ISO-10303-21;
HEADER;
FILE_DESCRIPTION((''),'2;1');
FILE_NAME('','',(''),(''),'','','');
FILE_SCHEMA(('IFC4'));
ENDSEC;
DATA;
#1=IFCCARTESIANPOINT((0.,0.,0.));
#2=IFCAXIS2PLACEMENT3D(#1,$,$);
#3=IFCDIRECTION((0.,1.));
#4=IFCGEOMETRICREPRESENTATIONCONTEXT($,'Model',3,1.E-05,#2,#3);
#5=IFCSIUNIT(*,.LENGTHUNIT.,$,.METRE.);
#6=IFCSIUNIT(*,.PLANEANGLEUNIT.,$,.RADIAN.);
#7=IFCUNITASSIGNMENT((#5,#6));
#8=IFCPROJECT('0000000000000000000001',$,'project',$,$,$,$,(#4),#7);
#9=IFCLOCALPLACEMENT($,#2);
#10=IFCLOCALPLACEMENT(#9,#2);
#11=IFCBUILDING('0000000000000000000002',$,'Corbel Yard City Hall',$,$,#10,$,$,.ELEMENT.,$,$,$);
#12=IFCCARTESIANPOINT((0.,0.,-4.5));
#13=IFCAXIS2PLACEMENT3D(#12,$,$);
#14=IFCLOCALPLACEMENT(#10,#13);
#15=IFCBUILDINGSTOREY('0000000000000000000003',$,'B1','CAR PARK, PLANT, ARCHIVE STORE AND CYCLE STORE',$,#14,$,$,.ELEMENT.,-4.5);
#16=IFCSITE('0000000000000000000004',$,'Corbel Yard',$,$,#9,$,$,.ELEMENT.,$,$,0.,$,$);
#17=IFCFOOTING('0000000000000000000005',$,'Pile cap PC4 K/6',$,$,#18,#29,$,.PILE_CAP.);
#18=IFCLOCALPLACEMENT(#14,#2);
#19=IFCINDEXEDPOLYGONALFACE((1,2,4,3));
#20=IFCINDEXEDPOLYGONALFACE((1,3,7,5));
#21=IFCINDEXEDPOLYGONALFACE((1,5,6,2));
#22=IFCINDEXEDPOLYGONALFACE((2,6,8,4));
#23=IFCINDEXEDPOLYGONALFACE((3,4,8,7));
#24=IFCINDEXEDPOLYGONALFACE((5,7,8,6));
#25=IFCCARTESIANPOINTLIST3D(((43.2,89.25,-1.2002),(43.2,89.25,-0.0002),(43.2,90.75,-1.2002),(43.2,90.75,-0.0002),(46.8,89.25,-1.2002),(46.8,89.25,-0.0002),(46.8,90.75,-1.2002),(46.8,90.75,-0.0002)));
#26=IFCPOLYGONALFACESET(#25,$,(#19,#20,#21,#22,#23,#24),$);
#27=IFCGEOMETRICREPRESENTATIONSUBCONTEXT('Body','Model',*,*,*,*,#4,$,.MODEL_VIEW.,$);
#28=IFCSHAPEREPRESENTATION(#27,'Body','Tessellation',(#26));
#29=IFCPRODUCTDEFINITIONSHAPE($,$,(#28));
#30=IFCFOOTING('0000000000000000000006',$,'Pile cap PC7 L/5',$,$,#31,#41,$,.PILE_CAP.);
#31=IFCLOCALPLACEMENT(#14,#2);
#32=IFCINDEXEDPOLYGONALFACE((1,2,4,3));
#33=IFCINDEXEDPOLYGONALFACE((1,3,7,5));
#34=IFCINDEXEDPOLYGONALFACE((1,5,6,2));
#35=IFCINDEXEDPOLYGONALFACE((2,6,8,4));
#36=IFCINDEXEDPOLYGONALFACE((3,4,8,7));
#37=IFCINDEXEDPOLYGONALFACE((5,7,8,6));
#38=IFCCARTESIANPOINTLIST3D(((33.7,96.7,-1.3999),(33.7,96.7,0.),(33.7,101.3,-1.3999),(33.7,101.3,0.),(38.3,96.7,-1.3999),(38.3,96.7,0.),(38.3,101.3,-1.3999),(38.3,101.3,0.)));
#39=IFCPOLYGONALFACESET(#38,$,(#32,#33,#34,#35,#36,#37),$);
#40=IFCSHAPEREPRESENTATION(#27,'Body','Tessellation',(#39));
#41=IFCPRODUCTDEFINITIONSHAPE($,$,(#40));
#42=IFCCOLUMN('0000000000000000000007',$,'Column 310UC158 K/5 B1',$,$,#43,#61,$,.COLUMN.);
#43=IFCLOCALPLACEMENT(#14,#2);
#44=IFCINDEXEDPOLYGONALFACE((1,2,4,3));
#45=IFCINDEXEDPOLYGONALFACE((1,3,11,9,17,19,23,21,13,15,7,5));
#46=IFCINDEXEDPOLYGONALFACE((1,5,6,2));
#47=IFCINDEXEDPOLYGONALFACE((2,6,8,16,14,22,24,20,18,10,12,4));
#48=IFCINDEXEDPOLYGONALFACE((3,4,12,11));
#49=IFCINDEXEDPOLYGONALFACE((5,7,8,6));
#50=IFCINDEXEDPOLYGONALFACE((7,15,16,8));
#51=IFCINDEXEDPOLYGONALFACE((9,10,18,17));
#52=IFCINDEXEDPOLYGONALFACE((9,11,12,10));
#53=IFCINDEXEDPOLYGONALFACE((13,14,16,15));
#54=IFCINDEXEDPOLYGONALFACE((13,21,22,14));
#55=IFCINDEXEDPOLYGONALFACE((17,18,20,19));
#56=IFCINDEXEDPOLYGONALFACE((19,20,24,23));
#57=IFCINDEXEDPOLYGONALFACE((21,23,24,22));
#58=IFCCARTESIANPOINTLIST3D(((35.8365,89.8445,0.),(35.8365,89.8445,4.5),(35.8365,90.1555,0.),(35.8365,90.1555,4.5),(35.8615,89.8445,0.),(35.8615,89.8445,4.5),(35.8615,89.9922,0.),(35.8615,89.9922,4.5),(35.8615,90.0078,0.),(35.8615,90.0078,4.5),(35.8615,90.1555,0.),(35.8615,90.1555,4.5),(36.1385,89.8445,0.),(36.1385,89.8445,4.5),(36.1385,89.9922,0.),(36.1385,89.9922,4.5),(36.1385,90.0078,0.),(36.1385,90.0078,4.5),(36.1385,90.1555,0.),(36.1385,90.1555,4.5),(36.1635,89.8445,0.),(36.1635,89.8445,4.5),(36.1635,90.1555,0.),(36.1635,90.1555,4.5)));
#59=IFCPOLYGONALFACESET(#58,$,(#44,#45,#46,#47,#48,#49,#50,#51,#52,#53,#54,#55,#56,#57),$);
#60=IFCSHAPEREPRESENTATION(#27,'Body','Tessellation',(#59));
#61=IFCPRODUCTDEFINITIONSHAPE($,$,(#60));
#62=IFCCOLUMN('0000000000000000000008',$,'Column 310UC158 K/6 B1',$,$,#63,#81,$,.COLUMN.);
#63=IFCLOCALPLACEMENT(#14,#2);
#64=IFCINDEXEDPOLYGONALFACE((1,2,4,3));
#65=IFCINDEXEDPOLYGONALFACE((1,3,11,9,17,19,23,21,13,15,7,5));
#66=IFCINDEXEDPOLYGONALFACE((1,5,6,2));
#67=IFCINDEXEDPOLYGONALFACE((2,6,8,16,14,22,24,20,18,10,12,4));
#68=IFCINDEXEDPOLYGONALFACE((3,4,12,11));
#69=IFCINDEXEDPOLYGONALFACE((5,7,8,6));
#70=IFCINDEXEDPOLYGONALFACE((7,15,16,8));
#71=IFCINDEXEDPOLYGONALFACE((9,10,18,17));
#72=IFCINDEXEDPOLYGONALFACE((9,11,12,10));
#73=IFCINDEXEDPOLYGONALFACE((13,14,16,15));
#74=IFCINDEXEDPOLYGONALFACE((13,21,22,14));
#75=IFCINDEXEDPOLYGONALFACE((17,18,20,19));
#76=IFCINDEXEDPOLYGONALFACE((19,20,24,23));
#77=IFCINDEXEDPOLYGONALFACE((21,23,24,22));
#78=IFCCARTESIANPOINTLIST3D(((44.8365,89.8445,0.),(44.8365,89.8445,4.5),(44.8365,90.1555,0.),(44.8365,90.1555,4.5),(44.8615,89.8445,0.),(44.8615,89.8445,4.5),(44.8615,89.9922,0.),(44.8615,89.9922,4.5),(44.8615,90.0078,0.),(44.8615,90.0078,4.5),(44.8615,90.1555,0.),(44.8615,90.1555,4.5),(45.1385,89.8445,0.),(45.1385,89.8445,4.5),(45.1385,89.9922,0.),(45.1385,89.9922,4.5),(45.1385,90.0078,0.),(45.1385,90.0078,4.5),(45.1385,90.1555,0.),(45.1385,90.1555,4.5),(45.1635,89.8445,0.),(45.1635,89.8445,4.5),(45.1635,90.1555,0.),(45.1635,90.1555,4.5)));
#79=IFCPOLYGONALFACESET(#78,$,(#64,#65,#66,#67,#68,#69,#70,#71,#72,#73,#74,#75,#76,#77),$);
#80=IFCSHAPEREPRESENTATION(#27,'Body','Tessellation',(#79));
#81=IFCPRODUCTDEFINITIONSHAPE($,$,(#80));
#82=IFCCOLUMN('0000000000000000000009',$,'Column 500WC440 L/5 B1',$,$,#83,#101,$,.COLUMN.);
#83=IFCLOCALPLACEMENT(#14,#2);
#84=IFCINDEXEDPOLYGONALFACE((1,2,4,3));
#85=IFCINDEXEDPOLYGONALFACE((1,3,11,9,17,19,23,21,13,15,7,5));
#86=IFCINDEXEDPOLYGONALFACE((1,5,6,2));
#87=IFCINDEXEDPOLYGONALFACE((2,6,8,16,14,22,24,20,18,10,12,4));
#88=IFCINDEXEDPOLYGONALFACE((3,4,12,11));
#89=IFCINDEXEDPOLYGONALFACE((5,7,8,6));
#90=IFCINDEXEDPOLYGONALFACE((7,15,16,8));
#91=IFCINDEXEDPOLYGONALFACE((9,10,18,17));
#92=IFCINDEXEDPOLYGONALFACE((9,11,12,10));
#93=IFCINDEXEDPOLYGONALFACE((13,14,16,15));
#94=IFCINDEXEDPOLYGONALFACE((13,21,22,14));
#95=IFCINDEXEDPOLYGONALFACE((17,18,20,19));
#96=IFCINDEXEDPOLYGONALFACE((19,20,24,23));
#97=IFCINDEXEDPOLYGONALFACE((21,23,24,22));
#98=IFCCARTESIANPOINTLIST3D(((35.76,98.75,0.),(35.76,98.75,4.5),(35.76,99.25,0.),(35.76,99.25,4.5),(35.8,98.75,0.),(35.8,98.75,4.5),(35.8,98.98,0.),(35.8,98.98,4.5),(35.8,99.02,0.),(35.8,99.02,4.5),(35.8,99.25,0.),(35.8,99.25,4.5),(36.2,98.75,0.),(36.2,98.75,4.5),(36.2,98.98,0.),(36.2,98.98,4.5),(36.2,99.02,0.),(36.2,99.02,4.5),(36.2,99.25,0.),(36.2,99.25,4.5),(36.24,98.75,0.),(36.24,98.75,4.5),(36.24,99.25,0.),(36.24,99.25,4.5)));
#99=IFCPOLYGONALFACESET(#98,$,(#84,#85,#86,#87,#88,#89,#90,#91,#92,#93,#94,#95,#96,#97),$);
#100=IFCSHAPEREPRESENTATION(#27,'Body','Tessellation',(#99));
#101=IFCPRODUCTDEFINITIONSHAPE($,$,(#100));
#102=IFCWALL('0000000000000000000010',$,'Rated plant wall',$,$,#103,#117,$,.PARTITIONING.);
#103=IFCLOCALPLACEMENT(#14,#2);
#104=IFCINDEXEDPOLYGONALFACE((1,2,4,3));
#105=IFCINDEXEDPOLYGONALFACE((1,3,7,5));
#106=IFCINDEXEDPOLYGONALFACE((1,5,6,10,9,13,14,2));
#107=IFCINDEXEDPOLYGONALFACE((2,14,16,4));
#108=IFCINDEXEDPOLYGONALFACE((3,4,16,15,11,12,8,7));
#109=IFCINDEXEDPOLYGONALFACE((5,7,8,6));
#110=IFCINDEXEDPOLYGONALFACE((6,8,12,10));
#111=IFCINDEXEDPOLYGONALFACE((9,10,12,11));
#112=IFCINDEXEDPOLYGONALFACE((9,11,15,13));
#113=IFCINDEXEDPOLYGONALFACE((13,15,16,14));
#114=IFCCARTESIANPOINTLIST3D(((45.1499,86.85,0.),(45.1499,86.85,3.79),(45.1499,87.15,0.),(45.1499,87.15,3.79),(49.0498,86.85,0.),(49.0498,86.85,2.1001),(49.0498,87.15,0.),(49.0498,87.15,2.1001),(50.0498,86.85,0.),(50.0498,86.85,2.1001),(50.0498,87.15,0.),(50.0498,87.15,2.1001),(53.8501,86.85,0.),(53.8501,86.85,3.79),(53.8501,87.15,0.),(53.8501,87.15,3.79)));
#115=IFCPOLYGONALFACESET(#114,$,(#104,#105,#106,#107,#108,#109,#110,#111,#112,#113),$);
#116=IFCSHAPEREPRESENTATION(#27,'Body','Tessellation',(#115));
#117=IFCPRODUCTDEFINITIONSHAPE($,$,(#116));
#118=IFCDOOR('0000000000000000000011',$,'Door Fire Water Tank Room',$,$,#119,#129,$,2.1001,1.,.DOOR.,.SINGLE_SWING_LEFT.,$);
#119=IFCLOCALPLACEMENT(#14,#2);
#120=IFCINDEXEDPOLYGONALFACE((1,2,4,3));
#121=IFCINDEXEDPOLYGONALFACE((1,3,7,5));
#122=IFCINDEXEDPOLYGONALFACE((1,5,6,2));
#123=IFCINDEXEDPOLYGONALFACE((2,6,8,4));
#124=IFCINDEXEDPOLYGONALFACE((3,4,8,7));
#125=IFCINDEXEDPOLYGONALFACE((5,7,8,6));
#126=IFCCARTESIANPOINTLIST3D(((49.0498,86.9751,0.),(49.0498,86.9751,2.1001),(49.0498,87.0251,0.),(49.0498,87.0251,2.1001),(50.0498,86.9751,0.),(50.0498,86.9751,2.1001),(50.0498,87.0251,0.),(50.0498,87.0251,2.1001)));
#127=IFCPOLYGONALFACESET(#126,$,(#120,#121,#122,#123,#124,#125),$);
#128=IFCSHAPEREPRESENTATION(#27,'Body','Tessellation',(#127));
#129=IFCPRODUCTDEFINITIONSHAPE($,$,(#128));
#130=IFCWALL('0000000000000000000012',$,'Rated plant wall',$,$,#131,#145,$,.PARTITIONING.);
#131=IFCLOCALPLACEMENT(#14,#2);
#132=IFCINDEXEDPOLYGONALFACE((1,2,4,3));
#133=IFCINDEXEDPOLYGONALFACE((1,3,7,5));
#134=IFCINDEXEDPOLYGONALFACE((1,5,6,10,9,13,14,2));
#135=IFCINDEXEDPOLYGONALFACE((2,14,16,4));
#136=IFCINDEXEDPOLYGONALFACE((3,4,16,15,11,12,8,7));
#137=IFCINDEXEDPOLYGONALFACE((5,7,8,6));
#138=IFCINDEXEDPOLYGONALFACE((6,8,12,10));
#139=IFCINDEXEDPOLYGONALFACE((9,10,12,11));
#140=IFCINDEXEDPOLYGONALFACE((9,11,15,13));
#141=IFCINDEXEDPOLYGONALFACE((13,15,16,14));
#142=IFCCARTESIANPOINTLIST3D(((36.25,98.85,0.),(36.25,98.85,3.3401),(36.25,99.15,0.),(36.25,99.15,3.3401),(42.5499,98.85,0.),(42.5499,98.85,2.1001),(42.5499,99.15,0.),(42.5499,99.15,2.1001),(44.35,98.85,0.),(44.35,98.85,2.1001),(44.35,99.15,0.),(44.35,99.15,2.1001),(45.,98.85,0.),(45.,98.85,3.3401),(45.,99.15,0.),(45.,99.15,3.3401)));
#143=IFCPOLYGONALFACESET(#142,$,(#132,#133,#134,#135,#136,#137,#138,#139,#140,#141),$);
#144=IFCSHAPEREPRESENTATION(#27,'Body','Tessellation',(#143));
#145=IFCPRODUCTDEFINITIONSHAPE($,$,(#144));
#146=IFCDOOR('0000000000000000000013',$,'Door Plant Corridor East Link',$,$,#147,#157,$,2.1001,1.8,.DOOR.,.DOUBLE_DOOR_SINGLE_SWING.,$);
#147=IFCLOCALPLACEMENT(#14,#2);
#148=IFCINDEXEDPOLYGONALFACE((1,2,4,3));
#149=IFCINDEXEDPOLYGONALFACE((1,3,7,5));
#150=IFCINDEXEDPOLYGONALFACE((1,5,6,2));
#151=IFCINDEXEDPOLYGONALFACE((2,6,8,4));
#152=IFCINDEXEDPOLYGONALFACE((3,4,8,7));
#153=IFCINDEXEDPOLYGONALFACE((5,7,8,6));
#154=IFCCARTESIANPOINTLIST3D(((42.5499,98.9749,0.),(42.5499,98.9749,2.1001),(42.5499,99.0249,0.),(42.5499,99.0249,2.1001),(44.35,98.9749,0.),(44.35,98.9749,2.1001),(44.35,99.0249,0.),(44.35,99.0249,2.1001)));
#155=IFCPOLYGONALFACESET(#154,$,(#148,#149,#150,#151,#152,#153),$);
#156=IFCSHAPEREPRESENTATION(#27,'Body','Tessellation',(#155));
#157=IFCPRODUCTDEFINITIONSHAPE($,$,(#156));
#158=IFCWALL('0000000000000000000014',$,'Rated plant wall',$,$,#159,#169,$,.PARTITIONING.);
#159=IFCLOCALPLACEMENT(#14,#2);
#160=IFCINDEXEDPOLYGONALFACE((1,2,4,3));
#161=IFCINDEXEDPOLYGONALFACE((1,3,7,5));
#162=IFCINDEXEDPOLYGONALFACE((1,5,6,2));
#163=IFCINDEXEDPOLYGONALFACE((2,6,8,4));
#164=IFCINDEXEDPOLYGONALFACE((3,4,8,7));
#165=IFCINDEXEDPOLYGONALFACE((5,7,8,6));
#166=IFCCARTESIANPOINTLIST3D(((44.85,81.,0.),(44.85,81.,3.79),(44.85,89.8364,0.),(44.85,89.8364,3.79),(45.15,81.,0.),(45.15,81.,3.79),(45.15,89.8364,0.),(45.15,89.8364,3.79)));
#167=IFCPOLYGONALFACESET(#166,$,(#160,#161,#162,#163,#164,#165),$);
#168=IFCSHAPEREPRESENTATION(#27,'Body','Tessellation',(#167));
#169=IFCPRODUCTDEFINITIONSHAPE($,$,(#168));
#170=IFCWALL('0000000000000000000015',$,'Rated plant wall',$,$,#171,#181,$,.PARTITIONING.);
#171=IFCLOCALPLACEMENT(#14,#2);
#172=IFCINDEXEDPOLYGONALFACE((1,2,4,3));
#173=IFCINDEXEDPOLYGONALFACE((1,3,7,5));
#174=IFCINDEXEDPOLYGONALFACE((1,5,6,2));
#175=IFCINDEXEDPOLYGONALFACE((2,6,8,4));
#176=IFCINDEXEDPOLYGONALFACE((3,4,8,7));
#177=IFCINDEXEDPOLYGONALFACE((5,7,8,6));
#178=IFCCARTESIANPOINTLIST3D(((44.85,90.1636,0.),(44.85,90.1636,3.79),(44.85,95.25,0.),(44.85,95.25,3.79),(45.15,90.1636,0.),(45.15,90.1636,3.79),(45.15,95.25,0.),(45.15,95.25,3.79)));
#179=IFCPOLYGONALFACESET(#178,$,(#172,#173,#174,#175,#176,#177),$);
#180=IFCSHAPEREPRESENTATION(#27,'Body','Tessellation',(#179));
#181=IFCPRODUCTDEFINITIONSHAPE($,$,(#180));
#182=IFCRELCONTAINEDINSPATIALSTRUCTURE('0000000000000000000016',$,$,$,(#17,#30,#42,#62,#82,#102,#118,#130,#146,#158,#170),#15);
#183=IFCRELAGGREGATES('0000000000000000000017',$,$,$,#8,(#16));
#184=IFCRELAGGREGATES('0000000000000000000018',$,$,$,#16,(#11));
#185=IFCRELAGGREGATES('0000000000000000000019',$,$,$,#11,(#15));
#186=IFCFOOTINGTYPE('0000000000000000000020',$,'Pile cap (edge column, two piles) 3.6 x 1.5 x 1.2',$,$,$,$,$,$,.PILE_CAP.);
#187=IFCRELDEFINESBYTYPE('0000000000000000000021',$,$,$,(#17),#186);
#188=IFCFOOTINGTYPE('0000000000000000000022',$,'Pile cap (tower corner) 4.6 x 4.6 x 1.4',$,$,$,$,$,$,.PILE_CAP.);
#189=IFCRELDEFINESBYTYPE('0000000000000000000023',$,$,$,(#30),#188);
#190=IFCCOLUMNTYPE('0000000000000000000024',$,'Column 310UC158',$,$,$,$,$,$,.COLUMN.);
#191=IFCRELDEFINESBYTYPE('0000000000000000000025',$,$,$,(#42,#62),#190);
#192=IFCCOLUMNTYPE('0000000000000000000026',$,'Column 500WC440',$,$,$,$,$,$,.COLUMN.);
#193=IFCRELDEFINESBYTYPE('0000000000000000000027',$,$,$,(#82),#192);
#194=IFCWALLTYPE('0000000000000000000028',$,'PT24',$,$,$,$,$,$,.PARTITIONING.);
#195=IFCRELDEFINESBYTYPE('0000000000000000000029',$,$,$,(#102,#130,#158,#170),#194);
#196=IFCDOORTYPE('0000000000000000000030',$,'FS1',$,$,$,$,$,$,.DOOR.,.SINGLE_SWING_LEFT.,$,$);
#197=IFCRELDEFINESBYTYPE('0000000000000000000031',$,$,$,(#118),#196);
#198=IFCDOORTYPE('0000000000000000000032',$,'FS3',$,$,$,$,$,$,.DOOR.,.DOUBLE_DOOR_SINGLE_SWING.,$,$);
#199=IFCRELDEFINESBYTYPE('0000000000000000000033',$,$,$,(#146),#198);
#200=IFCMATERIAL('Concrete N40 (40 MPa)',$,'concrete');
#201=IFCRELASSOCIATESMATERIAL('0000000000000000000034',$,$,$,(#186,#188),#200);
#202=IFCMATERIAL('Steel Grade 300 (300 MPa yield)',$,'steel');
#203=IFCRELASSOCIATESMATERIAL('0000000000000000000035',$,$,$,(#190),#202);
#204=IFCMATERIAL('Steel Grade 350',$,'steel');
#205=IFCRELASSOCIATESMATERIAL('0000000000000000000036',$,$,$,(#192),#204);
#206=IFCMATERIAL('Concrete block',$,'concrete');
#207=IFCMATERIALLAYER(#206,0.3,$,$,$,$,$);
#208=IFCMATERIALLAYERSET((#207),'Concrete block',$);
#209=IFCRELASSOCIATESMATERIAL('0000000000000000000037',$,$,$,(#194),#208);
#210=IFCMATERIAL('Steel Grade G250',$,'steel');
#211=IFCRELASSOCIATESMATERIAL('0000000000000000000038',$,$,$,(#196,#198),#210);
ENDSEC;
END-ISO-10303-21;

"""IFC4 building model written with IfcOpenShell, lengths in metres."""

from ifc_helpers import new_model, si_unit, direction, frame, frame_2d, origin, origin_2d, place, context, subcontext, project, spatial, rectangle, i_section, extrude, material, layer, layer_set, material_profile, profile_set, type_object, element, fill, save


model = new_model("IFC4")

# Units and contexts
model_context = context("Model", 3, precision=1e-05, world=origin(), true_north=direction((0.0, 1.0)))
body_context = subcontext(model_context, "Body", "Model", "MODEL_VIEW")
ifc_project = project(units=[si_unit("LENGTHUNIT", "METRE"), si_unit("PLANEANGLEUNIT", "RADIAN")], contexts=[model_context])

# Site, building, storey
site_placement = place(None, origin())
site = spatial("IfcSite", under=ifc_project, at=site_placement, Name="Corbel Yard", CompositionType="ELEMENT", RefElevation=0.0)
building_placement = place(site_placement, origin())
building = spatial("IfcBuilding", under=site, at=building_placement, Name="Corbel Yard City Hall", CompositionType="ELEMENT")
storey_placement = place(building_placement, frame((0.0, 0.0, -4.5)))
storey = spatial("IfcBuildingStorey", under=building, at=storey_placement, Name="B1", Description="CAR PARK, PLANT, ARCHIVE STORE AND CYCLE STORE", CompositionType="ELEMENT", Elevation=-4.5)

# Shared definitions
ifc_material_1 = material(Name="Concrete N40 (40 MPa)", Category="concrete")

# Footings
footing_type_1 = type_object("IfcFootingType", Name="Pile cap (edge column, two piles) 3.6 x 1.5 x 1.2", PredefinedType="PILE_CAP", material=ifc_material_1)
for number, where, z_axis, x_axis, name in (
    (1, (45.0, 90.0, -1.2002), (0.0, 0.0, 1.0), (1.0, 0.0, 0.0), "Pile cap PC4 K/6"),
):
    element("IfcFooting", number, at=place(storey_placement, frame(where, z_axis=z_axis, x_axis=x_axis)), inside=storey, type_object=footing_type_1, Name=name, PredefinedType="PILE_CAP", context=body_context, shape_type="SweptSolid", body=[
        extrude(rectangle(XDim=3.6001, YDim=1.5, at=origin_2d()), origin(), (0.0, 0.0, 1.0), 1.2),
    ])
footing_type_2 = type_object("IfcFootingType", Name="Pile cap (tower corner) 4.6 x 4.6 x 1.4", PredefinedType="PILE_CAP", material=ifc_material_1)
footing_1_placement = place(storey_placement, frame((36.0, 99.0, -1.3999), z_axis=(0.0, 0.0, 1.0), x_axis=(1.0, 0.0, 0.0)))
element("IfcFooting", 2, at=footing_1_placement, inside=storey, type_object=footing_type_2, Name="Pile cap PC7 L/5", PredefinedType="PILE_CAP", context=body_context, shape_type="SweptSolid", body=[
    extrude(rectangle(XDim=4.6001, YDim=4.6001, at=origin_2d()), origin(), (0.0, 0.0, 1.0), 1.3999),
])

# Columns
ifc_material_2 = material(Name="Steel Grade 300 (300 MPa yield)", Category="steel")
ifc_material_profile_1 = material_profile(ifc_material_2, i_section(OverallWidth=0.311, OverallDepth=0.3269, WebThickness=0.0156, FlangeThickness=0.0249, at=origin_2d()), Name="310UC158")
ifc_profile_set_1 = profile_set([ifc_material_profile_1], Name="Steel Grade 300 (300 MPa yield)")
column_type_1 = type_object("IfcColumnType", Name="Column 310UC158", PredefinedType="COLUMN", material=ifc_profile_set_1)
for number, where, z_axis, x_axis, name in (
    (3, (36.0, 90.0, 0.0), (0.0, 0.0, 1.0), (0.0, 1.0, 0.0), "Column 310UC158 K/5 B1"),
    (4, (45.0, 90.0, 0.0), (0.0, 0.0, 1.0), (0.0, 1.0, 0.0), "Column 310UC158 K/6 B1"),
):
    element("IfcColumn", number, at=place(storey_placement, frame(where, z_axis=z_axis, x_axis=x_axis)), inside=storey, type_object=column_type_1, Name=name, PredefinedType="COLUMN", context=body_context, shape_type="SweptSolid", body=[
        extrude(i_section(OverallWidth=0.311, OverallDepth=0.3269, WebThickness=0.0156, FlangeThickness=0.0249, at=origin_2d()), origin(), (0.0, 0.0, 1.0), 4.5),
    ])
ifc_material_3 = material(Name="Steel Grade 350", Category="steel")
ifc_material_profile_2 = material_profile(ifc_material_3, i_section(OverallWidth=0.5, OverallDepth=0.48, WebThickness=0.04, FlangeThickness=0.04, at=origin_2d()), Name="500WC440")
ifc_profile_set_2 = profile_set([ifc_material_profile_2], Name="Steel Grade 350")
column_type_2 = type_object("IfcColumnType", Name="Column 500WC440", PredefinedType="COLUMN", material=ifc_profile_set_2)
column_placement = place(storey_placement, frame((36.0, 99.0, 0.0), z_axis=(0.0, 0.0, 1.0), x_axis=(0.0, 1.0, 0.0)))
element("IfcColumn", 5, at=column_placement, inside=storey, type_object=column_type_2, Name="Column 500WC440 L/5 B1", PredefinedType="COLUMN", context=body_context, shape_type="SweptSolid", body=[
    extrude(i_section(OverallWidth=0.5, OverallDepth=0.48, WebThickness=0.04, FlangeThickness=0.04, at=origin_2d()), origin(), (0.0, 0.0, 1.0), 4.5),
])

# Walls, openings, doors
ifc_material_4 = material(Name="Concrete block", Category="concrete")
ifc_layer_1 = layer(ifc_material_4, 0.3)
ifc_layer_set_1 = layer_set([ifc_layer_1], Name="Concrete block")
wall_type_1 = type_object("IfcWallType", Name="PT24", PredefinedType="PARTITIONING", material=ifc_layer_set_1)
wall_1_placement = place(storey_placement, frame((45.1499, 87.0, 0.0), z_axis=(0.0, 0.0, 1.0), x_axis=(1.0, 0.0, 0.0)))
wall_1 = element("IfcWall", 6, at=wall_1_placement, inside=storey, type_object=wall_type_1, Name="Rated plant wall", PredefinedType="PARTITIONING", context=body_context, shape_type="SweptSolid", body=[
    extrude(rectangle(XDim=8.7002, YDim=0.3, at=frame_2d((4.3501, 0.0))), origin(), (0.0, 0.0, 1.0), 3.79),
])
opening_1_placement = place(wall_1_placement, frame((3.8999, 0.0, 0.0)))
opening_1 = element("IfcOpeningElement", 7, at=opening_1_placement, cuts=wall_1, PredefinedType="OPENING", context=body_context, shape_type="SweptSolid", body=[
    extrude(rectangle(XDim=1.0, YDim=2.1001, at=frame_2d((0.5, 1.05))), frame((0.0, 0.1599, 0.0), z_axis=(0.0, -1.0, 0.0), x_axis=(1.0, 0.0, 0.0)), (0.0, 0.0, 1.0), 0.3201),
])
ifc_material_5 = material(Name="Steel Grade G250", Category="steel")
door_type_1 = type_object("IfcDoorType", Name="FS1", OperationType="SINGLE_SWING_LEFT", PredefinedType="DOOR", material=ifc_material_5)
door_1_placement = place(opening_1_placement, frame((1.0, 0.0, 0.0), z_axis=(0.0, 0.0, 1.0), x_axis=(-1.0, 0.0, 0.0)))
door_1 = element("IfcDoor", 8, at=door_1_placement, inside=storey, type_object=door_type_1, Name="Door Fire Water Tank Room", OperationType="SINGLE_SWING_LEFT", OverallHeight=2.1001, OverallWidth=1.0, PredefinedType="DOOR", context=body_context, shape_type="SweptSolid", body=[
    extrude(rectangle(XDim=1.0, YDim=2.1001, at=frame_2d((0.5, 1.05))), frame((0.0, 0.0249, 0.0), z_axis=(0.0, -1.0, 0.0), x_axis=(1.0, 0.0, 0.0)), (0.0, 0.0, 1.0), 0.05),
])
fill(opening_1, door_1)
wall_2_placement = place(storey_placement, frame((36.25, 99.0, 0.0), z_axis=(0.0, 0.0, 1.0), x_axis=(1.0, 0.0, 0.0)))
wall_2 = element("IfcWall", 9, at=wall_2_placement, inside=storey, type_object=wall_type_1, Name="Rated plant wall", PredefinedType="PARTITIONING", context=body_context, shape_type="SweptSolid", body=[
    extrude(rectangle(XDim=8.75, YDim=0.3, at=frame_2d((4.375, 0.0))), origin(), (0.0, 0.0, 1.0), 3.3401),
])
opening_2_placement = place(wall_2_placement, frame((6.3, 0.0, 0.0)))
opening_2 = element("IfcOpeningElement", 10, at=opening_2_placement, cuts=wall_2, PredefinedType="OPENING", context=body_context, shape_type="SweptSolid", body=[
    extrude(rectangle(XDim=1.8, YDim=2.1001, at=frame_2d((0.8999, 1.05))), frame((0.0, 0.1599, 0.0), z_axis=(0.0, -1.0, 0.0), x_axis=(1.0, 0.0, 0.0)), (0.0, 0.0, 1.0), 0.3201),
])
door_type_2 = type_object("IfcDoorType", Name="FS3", OperationType="DOUBLE_DOOR_SINGLE_SWING", PredefinedType="DOOR", material=ifc_material_5)
door_2_placement = place(opening_2_placement, origin())
door_2 = element("IfcDoor", 11, at=door_2_placement, inside=storey, type_object=door_type_2, Name="Door Plant Corridor East Link", OperationType="DOUBLE_DOOR_SINGLE_SWING", OverallHeight=2.1001, OverallWidth=1.8, PredefinedType="DOOR", context=body_context, shape_type="SweptSolid", body=[
    extrude(rectangle(XDim=1.8, YDim=2.1001, at=frame_2d((0.8999, 1.05))), frame((0.0, 0.0249, 0.0), z_axis=(0.0, -1.0, 0.0), x_axis=(1.0, 0.0, 0.0)), (0.0, 0.0, 1.0), 0.05),
])
fill(opening_2, door_2)

# Walls
wall_3_placement = place(storey_placement, frame((45.0, 81.0, 0.0), z_axis=(0.0, 0.0, 1.0), x_axis=(0.0, 1.0, 0.0)))
element("IfcWall", 12, at=wall_3_placement, inside=storey, type_object=wall_type_1, Name="Rated plant wall", PredefinedType="PARTITIONING", context=body_context, shape_type="SweptSolid", body=[
    extrude(rectangle(XDim=8.8364, YDim=0.3, at=frame_2d((4.4182, 0.0))), origin(), (0.0, 0.0, 1.0), 3.79),
])
wall_4_placement = place(storey_placement, frame((45.0, 90.1636, 0.0), z_axis=(0.0, 0.0, 1.0), x_axis=(0.0, 1.0, 0.0)))
element("IfcWall", 13, at=wall_4_placement, inside=storey, type_object=wall_type_1, Name="Rated plant wall", PredefinedType="PARTITIONING", context=body_context, shape_type="SweptSolid", body=[
    extrude(rectangle(XDim=5.0864, YDim=0.3, at=frame_2d((2.5432, 0.0))), origin(), (0.0, 0.0, 1.0), 3.79),
])

save(model, "model.ifc")
